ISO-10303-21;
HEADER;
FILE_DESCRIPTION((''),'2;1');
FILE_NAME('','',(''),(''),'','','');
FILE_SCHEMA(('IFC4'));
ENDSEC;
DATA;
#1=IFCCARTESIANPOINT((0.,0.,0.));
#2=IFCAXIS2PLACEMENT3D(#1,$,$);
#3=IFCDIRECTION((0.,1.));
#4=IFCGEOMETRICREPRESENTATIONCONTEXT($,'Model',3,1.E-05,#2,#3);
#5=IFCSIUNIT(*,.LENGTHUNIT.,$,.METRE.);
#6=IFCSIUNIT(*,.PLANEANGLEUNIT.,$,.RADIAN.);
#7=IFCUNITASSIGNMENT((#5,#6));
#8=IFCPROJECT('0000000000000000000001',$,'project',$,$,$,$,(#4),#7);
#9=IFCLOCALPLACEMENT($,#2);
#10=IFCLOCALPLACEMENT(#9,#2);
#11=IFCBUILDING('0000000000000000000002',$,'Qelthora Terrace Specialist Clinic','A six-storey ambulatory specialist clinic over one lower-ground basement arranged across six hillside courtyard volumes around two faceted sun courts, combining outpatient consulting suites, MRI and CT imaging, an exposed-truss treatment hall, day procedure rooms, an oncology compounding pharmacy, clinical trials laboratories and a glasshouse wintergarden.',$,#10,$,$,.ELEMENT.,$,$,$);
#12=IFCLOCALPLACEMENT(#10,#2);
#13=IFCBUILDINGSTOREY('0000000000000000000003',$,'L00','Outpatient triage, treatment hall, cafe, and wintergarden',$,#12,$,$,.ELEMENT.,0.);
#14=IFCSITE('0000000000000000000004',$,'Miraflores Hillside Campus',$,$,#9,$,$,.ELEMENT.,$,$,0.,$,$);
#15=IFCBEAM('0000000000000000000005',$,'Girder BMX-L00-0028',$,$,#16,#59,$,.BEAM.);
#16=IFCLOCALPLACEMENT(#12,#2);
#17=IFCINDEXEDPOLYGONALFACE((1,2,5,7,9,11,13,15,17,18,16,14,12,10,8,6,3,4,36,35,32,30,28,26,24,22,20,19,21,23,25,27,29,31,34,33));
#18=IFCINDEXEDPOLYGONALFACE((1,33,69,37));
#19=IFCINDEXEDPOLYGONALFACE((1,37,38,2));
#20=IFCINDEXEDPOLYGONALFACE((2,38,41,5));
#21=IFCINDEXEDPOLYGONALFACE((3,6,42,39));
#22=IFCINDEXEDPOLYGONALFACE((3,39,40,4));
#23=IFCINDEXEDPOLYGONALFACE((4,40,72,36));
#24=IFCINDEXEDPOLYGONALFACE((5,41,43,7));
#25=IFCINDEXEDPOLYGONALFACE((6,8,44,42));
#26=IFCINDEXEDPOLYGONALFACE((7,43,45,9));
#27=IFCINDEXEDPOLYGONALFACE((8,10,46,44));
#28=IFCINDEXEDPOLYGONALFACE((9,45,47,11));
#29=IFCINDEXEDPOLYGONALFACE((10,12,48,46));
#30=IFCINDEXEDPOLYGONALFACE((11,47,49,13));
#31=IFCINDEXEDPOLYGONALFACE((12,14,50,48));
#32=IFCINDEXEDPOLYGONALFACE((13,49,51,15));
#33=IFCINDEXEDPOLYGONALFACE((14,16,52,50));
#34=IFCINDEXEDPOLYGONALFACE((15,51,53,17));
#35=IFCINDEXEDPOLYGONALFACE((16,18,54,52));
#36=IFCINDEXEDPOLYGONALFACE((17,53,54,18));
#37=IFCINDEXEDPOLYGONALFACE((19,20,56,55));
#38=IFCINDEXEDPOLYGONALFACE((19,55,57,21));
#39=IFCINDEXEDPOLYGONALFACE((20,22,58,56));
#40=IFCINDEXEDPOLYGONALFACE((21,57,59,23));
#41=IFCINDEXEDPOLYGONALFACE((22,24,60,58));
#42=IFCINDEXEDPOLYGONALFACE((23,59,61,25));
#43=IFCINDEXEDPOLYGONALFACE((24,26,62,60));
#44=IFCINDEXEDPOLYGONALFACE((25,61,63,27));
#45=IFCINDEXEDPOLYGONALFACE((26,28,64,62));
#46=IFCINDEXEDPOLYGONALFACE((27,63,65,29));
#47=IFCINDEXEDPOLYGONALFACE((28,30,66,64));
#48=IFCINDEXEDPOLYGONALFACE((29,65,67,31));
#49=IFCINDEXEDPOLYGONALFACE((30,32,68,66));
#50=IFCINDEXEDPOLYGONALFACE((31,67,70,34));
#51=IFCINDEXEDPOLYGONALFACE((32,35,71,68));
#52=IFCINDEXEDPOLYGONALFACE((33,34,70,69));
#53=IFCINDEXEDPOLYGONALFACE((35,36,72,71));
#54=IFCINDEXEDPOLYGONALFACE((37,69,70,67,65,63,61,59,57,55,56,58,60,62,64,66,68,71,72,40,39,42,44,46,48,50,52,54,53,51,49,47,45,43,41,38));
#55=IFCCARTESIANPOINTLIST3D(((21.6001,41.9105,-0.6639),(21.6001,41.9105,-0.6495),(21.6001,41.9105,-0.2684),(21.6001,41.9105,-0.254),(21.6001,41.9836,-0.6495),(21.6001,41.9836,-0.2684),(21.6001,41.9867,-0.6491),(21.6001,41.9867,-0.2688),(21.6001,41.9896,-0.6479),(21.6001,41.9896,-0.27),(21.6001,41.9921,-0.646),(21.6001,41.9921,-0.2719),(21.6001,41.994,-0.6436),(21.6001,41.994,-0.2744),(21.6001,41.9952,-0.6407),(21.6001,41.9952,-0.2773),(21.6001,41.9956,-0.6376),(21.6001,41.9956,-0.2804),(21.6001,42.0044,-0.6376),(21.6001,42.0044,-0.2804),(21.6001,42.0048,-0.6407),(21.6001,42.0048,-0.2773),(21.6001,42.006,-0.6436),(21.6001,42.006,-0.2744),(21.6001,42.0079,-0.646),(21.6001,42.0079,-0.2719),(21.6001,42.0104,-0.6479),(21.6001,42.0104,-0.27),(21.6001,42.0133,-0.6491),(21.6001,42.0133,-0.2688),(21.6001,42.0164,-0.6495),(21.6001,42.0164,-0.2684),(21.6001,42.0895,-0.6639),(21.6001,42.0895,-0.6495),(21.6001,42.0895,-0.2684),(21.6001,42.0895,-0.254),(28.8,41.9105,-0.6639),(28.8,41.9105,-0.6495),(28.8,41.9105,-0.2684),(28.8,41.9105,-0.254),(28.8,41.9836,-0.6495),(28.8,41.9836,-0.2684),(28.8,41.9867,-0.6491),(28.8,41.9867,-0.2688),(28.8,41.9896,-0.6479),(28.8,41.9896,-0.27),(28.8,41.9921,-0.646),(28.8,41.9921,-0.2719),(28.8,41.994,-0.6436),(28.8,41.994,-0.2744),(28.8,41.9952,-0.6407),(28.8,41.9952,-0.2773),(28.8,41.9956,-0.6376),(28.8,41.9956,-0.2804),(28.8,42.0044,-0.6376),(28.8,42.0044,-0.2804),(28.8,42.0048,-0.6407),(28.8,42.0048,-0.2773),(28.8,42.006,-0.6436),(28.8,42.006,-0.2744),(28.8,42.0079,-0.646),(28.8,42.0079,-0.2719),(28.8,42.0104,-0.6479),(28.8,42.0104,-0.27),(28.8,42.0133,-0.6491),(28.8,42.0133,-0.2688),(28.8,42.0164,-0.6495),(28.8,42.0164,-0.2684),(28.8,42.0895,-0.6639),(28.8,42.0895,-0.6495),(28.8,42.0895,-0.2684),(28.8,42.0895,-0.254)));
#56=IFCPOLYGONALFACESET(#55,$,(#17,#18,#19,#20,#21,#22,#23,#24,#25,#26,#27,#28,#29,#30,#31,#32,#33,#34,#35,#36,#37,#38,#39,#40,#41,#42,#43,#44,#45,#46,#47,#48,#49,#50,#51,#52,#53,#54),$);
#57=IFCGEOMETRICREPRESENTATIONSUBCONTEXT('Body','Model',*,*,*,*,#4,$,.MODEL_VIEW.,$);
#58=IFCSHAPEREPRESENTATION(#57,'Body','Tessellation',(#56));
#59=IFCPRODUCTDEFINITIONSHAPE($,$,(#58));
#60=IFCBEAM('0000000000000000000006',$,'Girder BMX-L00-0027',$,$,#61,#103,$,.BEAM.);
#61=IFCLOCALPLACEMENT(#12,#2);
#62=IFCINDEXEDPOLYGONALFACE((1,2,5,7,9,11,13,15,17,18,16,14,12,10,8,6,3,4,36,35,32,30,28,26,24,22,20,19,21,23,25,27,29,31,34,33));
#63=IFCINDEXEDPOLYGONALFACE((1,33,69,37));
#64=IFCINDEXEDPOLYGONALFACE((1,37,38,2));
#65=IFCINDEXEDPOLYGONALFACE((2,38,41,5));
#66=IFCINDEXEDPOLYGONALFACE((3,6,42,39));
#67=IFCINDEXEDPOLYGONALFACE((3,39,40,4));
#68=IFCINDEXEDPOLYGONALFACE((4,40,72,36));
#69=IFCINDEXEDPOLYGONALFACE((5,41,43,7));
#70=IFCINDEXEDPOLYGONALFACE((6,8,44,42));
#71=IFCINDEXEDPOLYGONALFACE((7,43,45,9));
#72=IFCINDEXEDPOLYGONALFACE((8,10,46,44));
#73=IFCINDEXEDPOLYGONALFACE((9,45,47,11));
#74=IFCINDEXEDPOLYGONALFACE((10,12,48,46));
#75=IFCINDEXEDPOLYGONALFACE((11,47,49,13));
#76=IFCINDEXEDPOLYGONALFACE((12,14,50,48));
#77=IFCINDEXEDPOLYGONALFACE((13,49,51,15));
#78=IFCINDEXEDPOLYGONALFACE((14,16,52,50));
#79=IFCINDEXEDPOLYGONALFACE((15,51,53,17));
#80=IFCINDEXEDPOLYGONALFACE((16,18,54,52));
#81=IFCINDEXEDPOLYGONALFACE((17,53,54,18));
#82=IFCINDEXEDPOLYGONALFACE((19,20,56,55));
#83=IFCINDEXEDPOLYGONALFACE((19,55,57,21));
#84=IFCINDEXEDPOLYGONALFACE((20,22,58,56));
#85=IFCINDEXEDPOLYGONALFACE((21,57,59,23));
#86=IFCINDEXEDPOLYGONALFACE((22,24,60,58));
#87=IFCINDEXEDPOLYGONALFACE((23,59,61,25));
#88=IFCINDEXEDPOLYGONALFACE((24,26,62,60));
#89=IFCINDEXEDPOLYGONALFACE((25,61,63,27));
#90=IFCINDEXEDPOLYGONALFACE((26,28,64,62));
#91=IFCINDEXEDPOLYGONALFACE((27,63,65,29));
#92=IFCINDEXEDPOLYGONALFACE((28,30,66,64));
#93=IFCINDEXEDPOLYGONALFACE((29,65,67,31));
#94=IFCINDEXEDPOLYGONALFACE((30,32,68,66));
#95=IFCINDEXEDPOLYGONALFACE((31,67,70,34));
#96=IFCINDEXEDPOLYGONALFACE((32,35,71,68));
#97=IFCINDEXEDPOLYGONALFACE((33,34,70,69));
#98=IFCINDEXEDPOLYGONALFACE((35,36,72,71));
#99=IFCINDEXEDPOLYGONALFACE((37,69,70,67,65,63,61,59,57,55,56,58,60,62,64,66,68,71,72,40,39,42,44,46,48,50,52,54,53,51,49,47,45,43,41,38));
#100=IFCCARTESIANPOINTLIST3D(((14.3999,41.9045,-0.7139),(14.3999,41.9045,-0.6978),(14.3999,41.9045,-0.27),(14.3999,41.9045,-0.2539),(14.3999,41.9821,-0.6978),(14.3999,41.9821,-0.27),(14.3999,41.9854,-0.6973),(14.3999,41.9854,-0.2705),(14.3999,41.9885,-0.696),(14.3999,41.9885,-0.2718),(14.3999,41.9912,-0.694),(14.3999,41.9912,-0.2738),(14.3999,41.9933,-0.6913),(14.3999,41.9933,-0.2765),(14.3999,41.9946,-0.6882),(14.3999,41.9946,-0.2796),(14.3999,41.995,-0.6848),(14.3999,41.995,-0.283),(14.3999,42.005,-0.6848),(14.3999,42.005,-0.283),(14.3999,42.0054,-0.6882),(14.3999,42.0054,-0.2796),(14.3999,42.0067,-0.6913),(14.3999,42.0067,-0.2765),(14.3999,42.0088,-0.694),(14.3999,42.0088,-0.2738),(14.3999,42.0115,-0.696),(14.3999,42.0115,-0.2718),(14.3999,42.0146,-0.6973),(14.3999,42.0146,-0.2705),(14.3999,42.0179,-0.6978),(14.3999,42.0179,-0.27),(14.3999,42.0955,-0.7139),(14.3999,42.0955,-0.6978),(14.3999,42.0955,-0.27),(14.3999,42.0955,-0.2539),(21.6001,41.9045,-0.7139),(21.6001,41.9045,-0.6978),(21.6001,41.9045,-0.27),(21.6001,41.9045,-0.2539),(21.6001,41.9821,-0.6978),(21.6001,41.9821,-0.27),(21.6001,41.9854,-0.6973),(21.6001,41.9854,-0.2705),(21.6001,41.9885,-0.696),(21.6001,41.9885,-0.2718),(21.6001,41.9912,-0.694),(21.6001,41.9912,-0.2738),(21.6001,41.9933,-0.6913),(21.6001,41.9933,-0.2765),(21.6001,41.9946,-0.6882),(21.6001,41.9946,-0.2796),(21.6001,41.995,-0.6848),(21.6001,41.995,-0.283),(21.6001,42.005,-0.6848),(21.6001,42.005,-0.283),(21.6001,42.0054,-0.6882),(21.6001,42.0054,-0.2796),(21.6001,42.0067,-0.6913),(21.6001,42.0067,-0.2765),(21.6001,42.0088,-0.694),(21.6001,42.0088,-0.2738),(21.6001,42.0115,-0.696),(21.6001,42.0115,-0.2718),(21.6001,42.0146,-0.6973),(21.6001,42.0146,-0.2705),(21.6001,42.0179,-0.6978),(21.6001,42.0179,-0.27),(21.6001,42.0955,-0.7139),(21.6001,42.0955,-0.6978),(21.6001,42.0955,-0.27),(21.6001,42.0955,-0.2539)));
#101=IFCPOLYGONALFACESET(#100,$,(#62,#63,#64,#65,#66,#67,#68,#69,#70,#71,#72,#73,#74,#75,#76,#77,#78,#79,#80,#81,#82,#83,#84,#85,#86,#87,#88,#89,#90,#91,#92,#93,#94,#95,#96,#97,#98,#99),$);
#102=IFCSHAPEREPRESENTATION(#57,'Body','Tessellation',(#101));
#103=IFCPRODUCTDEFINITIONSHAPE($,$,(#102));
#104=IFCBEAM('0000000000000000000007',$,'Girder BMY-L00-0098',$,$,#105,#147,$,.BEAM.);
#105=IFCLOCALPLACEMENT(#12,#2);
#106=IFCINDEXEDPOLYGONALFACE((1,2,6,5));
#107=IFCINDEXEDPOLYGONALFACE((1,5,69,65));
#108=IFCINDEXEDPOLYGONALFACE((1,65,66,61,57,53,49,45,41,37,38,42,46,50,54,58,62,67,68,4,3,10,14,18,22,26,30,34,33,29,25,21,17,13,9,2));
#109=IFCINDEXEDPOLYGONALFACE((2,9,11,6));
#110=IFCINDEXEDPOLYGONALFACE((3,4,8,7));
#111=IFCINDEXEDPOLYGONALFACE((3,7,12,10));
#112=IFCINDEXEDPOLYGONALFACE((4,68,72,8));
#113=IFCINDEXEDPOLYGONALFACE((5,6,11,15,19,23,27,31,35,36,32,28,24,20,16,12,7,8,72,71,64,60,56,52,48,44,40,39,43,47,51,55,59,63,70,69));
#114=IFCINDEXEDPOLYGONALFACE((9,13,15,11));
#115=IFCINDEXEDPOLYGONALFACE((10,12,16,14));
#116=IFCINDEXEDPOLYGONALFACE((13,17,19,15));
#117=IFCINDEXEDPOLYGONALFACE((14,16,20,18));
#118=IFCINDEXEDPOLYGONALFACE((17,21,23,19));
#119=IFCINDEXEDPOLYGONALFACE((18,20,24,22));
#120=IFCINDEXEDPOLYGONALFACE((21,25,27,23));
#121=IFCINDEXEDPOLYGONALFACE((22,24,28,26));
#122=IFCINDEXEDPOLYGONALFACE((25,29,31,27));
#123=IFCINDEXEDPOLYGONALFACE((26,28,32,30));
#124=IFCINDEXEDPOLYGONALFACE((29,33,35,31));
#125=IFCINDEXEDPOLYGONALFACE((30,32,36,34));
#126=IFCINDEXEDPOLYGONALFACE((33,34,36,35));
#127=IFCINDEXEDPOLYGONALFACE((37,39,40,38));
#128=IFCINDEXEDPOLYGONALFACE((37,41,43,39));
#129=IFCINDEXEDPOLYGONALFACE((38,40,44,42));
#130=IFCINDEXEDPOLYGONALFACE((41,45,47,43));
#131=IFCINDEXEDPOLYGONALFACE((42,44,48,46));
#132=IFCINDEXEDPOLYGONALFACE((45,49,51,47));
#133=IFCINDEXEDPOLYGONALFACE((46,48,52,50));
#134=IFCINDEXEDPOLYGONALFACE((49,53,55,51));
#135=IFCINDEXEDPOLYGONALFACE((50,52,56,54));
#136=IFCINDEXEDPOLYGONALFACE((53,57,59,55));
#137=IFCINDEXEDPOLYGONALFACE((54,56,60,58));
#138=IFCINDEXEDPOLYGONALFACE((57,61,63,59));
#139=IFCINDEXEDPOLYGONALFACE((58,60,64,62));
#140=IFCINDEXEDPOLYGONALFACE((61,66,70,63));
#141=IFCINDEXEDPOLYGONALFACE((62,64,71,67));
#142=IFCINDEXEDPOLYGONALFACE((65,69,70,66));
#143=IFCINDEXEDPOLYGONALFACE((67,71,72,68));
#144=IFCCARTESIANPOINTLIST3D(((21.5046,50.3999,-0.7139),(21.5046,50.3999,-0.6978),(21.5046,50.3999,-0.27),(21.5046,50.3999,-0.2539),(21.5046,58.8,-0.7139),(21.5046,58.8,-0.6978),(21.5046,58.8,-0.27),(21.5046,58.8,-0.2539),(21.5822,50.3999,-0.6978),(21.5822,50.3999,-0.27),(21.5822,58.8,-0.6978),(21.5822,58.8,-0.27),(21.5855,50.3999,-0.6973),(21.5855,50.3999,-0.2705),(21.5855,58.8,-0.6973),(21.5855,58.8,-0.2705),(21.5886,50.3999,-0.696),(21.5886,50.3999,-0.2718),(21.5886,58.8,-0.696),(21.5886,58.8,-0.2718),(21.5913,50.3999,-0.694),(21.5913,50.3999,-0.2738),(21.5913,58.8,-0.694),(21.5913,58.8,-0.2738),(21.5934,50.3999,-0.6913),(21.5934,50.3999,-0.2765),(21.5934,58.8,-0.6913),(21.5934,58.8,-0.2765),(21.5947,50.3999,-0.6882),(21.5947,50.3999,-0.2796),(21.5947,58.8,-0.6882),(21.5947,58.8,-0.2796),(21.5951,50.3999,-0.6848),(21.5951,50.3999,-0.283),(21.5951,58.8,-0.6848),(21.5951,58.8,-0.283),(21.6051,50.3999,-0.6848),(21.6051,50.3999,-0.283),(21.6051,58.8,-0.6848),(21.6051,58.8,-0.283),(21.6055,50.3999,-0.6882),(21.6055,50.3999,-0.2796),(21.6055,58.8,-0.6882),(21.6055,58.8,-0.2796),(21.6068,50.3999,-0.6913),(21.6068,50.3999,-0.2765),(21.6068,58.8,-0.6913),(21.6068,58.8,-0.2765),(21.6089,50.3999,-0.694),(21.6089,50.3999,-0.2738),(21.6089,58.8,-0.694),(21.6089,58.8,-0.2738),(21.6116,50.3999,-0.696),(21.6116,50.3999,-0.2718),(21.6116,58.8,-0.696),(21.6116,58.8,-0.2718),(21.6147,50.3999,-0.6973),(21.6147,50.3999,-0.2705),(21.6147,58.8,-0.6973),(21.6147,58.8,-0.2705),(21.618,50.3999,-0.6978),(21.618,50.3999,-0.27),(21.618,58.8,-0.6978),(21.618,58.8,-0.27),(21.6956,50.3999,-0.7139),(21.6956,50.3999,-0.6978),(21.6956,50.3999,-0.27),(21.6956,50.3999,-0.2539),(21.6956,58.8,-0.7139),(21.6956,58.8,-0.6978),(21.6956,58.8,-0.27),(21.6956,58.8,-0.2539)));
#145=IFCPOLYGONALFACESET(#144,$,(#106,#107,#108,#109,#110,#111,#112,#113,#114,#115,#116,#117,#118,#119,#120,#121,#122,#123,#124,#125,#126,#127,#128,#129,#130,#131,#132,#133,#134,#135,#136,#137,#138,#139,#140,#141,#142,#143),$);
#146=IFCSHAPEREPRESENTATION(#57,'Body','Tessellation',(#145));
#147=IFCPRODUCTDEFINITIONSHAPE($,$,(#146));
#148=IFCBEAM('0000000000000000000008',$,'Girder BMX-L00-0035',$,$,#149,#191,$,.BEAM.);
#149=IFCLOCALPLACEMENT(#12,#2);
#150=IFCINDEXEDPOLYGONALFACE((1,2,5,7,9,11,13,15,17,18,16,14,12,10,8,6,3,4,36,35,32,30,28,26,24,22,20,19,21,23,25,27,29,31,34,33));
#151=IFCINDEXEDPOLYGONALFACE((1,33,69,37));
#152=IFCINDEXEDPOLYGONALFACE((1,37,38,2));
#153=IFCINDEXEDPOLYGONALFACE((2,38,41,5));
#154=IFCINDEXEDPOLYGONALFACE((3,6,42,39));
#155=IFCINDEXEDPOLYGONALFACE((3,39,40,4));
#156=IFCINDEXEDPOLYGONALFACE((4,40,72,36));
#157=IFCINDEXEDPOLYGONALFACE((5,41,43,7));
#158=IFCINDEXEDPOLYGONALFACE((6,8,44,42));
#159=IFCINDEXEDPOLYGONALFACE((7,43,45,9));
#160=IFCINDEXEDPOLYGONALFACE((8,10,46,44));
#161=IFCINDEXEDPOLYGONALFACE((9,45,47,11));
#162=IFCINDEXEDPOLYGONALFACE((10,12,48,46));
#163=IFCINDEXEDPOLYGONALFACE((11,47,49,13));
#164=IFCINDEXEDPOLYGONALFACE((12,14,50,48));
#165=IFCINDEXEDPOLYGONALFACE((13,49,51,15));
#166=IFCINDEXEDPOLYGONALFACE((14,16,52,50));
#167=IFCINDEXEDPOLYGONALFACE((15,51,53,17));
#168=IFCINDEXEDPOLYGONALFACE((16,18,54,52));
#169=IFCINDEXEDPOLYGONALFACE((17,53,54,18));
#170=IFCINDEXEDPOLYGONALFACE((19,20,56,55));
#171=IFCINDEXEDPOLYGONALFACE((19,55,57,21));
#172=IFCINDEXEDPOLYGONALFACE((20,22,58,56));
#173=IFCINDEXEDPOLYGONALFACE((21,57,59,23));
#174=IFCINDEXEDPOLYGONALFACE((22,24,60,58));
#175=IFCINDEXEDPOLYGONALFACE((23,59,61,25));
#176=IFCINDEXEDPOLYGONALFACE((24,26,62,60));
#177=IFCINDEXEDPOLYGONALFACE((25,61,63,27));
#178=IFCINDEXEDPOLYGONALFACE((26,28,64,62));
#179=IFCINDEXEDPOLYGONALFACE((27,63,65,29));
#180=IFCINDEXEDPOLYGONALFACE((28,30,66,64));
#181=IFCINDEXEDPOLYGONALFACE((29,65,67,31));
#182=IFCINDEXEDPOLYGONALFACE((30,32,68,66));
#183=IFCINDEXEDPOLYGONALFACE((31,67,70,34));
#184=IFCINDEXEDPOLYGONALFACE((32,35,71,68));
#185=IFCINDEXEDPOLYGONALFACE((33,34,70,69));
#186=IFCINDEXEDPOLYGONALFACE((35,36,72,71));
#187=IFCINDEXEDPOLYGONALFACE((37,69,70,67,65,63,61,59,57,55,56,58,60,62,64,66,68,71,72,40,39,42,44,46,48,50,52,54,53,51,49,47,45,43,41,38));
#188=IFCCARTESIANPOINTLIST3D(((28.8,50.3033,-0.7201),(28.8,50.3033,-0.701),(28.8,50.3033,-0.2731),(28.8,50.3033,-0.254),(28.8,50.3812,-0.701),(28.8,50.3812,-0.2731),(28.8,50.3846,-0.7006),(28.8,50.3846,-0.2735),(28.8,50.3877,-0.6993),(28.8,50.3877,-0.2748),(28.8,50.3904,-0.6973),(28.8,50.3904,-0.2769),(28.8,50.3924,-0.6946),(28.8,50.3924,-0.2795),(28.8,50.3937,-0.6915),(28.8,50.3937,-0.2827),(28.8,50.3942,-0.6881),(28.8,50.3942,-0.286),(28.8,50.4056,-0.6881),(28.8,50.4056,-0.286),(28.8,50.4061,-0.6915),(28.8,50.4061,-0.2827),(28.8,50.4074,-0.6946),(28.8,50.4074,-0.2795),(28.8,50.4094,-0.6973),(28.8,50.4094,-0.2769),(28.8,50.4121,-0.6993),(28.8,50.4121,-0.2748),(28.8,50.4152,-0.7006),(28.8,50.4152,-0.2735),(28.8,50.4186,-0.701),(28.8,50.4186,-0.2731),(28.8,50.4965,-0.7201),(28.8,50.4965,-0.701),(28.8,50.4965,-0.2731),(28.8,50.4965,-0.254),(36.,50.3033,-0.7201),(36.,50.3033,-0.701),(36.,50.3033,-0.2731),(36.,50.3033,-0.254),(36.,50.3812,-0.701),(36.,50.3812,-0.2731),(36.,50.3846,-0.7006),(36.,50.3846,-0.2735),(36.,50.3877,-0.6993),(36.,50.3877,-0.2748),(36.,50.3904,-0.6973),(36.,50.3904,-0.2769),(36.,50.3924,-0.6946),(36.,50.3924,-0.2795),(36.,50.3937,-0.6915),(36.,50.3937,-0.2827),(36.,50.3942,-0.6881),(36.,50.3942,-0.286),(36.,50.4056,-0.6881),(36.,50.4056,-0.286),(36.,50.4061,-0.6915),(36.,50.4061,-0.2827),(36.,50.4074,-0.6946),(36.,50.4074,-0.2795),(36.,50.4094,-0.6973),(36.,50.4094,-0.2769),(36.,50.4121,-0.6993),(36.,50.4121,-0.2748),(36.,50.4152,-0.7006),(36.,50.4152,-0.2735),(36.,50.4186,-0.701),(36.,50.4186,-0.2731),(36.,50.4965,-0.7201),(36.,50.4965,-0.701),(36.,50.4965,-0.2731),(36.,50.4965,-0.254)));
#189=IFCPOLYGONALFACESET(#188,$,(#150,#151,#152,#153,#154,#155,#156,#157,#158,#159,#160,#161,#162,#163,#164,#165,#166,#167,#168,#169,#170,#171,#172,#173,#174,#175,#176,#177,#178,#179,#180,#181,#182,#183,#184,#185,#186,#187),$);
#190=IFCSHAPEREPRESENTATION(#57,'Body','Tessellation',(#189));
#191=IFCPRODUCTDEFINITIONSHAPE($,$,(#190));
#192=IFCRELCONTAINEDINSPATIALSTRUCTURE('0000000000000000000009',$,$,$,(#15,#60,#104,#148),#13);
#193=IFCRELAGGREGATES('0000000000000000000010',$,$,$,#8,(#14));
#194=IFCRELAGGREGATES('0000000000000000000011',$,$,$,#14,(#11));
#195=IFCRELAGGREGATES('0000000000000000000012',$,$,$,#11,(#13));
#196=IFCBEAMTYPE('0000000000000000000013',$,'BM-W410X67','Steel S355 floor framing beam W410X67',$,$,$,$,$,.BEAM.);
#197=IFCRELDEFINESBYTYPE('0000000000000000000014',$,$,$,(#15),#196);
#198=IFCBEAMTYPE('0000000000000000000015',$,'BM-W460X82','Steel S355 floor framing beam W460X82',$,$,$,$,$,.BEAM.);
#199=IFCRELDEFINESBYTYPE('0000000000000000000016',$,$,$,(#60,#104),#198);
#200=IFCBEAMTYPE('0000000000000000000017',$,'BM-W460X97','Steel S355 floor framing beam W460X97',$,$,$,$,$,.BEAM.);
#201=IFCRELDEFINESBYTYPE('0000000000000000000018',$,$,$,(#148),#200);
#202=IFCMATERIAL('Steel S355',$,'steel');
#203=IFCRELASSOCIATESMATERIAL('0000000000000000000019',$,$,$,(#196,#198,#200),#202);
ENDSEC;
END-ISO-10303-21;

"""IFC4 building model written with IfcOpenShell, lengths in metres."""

from ifc_helpers import new_model, si_unit, direction, frame, origin, origin_2d, place, context, subcontext, project, spatial, i_section, extrude, material, material_profile, profile_set, type_object, element, save


model = new_model("IFC4")

# Units and contexts
model_context = context("Model", 3, precision=1e-05, world=origin(), true_north=direction((0.0, 1.0)))
body_context = subcontext(model_context, "Body", "Model", "MODEL_VIEW")
ifc_project = project(units=[si_unit("LENGTHUNIT", "METRE"), si_unit("PLANEANGLEUNIT", "RADIAN")], contexts=[model_context])

# Site, building, storey
site_placement = place(None, origin())
site = spatial("IfcSite", under=ifc_project, at=site_placement, Name="Miraflores Hillside Campus", CompositionType="ELEMENT", RefElevation=0.0)
building_placement = place(site_placement, origin())
building = spatial("IfcBuilding", under=site, at=building_placement, Name="Qelthora Terrace Specialist Clinic", Description="A six-storey ambulatory specialist clinic over one lower-ground basement arranged across six hillside courtyard volumes around two faceted sun courts, combining outpatient consulting suites, MRI and CT imaging, an exposed-truss treatment hall, day procedure rooms, an oncology compounding pharmacy, clinical trials laboratories and a glasshouse wintergarden.", CompositionType="ELEMENT")
storey_placement = place(building_placement, origin())
storey = spatial("IfcBuildingStorey", under=building, at=storey_placement, Name="L00", Description="Outpatient triage, treatment hall, cafe, and wintergarden", CompositionType="ELEMENT", Elevation=0.0)

# Shared definitions
ifc_material_1 = material(Name="Steel S355", Category="steel")

# Beams
ifc_material_profile_1 = material_profile(ifc_material_1, i_section(OverallWidth=0.179, OverallDepth=0.4099, WebThickness=0.0088, FlangeThickness=0.0144, FilletRadius=0.012, at=origin_2d()), Name="W410X67")
ifc_profile_set_1 = profile_set([ifc_material_profile_1], Name="Steel S355")
beam_type_1 = type_object("IfcBeamType", Name="BM-W410X67", Description="Steel S355 floor framing beam W410X67", PredefinedType="BEAM", material=ifc_profile_set_1)
beam_1_placement = place(storey_placement, frame((21.6001, 42.0, -0.459), z_axis=(1.0, 0.0, 0.0), x_axis=(0.0, 1.0, 0.0)))
element("IfcBeam", 1, at=beam_1_placement, inside=storey, type_object=beam_type_1, Name="Girder BMX-L00-0028", PredefinedType="BEAM", context=body_context, shape_type="SweptSolid", body=[
    extrude(i_section(OverallWidth=0.179, OverallDepth=0.4099, WebThickness=0.0088, FlangeThickness=0.0144, FilletRadius=0.012, at=origin_2d()), origin(), (0.0, 0.0, 1.0), 7.2),
])
ifc_material_profile_2 = material_profile(ifc_material_1, i_section(OverallWidth=0.1909, OverallDepth=0.46, WebThickness=0.01, FlangeThickness=0.0161, FilletRadius=0.0129, at=origin_2d()), Name="W460X82")
ifc_profile_set_2 = profile_set([ifc_material_profile_2], Name="Steel S355")
beam_type_2 = type_object("IfcBeamType", Name="BM-W460X82", Description="Steel S355 floor framing beam W460X82", PredefinedType="BEAM", material=ifc_profile_set_2)
beam_2_placement = place(storey_placement, frame((14.3999, 42.0, -0.4839), z_axis=(1.0, 0.0, 0.0), x_axis=(0.0, 1.0, 0.0)))
element("IfcBeam", 2, at=beam_2_placement, inside=storey, type_object=beam_type_2, Name="Girder BMX-L00-0027", PredefinedType="BEAM", context=body_context, shape_type="SweptSolid", body=[
    extrude(i_section(OverallWidth=0.1909, OverallDepth=0.46, WebThickness=0.01, FlangeThickness=0.0161, FilletRadius=0.0129, at=origin_2d()), origin(), (0.0, 0.0, 1.0), 7.2002),
])
beam_3_placement = place(storey_placement, frame((21.6001, 50.3999, -0.4839), z_axis=(0.0, 1.0, 0.0), x_axis=(-1.0, 0.0, 0.0)))
element("IfcBeam", 3, at=beam_3_placement, inside=storey, type_object=beam_type_2, Name="Girder BMY-L00-0098", PredefinedType="BEAM", context=body_context, shape_type="SweptSolid", body=[
    extrude(i_section(OverallWidth=0.1909, OverallDepth=0.46, WebThickness=0.01, FlangeThickness=0.0161, FilletRadius=0.0129, at=origin_2d()), origin(), (0.0, 0.0, 1.0), 8.4001),
])
ifc_material_profile_3 = material_profile(ifc_material_1, i_section(OverallWidth=0.1931, OverallDepth=0.4661, WebThickness=0.0115, FlangeThickness=0.019, FilletRadius=0.0129, at=origin_2d()), Name="W460X97")
ifc_profile_set_3 = profile_set([ifc_material_profile_3], Name="Steel S355")
beam_type_3 = type_object("IfcBeamType", Name="BM-W460X97", Description="Steel S355 floor framing beam W460X97", PredefinedType="BEAM", material=ifc_profile_set_3)
beam_4_placement = place(storey_placement, frame((28.8, 50.3999, -0.4871), z_axis=(1.0, 0.0, 0.0), x_axis=(0.0, 1.0, 0.0)))
element("IfcBeam", 4, at=beam_4_placement, inside=storey, type_object=beam_type_3, Name="Girder BMX-L00-0035", PredefinedType="BEAM", context=body_context, shape_type="SweptSolid", body=[
    extrude(i_section(OverallWidth=0.1931, OverallDepth=0.4661, WebThickness=0.0115, FlangeThickness=0.019, FilletRadius=0.0129, at=origin_2d()), origin(), (0.0, 0.0, 1.0), 7.2),
])

save(model, "model.ifc")
